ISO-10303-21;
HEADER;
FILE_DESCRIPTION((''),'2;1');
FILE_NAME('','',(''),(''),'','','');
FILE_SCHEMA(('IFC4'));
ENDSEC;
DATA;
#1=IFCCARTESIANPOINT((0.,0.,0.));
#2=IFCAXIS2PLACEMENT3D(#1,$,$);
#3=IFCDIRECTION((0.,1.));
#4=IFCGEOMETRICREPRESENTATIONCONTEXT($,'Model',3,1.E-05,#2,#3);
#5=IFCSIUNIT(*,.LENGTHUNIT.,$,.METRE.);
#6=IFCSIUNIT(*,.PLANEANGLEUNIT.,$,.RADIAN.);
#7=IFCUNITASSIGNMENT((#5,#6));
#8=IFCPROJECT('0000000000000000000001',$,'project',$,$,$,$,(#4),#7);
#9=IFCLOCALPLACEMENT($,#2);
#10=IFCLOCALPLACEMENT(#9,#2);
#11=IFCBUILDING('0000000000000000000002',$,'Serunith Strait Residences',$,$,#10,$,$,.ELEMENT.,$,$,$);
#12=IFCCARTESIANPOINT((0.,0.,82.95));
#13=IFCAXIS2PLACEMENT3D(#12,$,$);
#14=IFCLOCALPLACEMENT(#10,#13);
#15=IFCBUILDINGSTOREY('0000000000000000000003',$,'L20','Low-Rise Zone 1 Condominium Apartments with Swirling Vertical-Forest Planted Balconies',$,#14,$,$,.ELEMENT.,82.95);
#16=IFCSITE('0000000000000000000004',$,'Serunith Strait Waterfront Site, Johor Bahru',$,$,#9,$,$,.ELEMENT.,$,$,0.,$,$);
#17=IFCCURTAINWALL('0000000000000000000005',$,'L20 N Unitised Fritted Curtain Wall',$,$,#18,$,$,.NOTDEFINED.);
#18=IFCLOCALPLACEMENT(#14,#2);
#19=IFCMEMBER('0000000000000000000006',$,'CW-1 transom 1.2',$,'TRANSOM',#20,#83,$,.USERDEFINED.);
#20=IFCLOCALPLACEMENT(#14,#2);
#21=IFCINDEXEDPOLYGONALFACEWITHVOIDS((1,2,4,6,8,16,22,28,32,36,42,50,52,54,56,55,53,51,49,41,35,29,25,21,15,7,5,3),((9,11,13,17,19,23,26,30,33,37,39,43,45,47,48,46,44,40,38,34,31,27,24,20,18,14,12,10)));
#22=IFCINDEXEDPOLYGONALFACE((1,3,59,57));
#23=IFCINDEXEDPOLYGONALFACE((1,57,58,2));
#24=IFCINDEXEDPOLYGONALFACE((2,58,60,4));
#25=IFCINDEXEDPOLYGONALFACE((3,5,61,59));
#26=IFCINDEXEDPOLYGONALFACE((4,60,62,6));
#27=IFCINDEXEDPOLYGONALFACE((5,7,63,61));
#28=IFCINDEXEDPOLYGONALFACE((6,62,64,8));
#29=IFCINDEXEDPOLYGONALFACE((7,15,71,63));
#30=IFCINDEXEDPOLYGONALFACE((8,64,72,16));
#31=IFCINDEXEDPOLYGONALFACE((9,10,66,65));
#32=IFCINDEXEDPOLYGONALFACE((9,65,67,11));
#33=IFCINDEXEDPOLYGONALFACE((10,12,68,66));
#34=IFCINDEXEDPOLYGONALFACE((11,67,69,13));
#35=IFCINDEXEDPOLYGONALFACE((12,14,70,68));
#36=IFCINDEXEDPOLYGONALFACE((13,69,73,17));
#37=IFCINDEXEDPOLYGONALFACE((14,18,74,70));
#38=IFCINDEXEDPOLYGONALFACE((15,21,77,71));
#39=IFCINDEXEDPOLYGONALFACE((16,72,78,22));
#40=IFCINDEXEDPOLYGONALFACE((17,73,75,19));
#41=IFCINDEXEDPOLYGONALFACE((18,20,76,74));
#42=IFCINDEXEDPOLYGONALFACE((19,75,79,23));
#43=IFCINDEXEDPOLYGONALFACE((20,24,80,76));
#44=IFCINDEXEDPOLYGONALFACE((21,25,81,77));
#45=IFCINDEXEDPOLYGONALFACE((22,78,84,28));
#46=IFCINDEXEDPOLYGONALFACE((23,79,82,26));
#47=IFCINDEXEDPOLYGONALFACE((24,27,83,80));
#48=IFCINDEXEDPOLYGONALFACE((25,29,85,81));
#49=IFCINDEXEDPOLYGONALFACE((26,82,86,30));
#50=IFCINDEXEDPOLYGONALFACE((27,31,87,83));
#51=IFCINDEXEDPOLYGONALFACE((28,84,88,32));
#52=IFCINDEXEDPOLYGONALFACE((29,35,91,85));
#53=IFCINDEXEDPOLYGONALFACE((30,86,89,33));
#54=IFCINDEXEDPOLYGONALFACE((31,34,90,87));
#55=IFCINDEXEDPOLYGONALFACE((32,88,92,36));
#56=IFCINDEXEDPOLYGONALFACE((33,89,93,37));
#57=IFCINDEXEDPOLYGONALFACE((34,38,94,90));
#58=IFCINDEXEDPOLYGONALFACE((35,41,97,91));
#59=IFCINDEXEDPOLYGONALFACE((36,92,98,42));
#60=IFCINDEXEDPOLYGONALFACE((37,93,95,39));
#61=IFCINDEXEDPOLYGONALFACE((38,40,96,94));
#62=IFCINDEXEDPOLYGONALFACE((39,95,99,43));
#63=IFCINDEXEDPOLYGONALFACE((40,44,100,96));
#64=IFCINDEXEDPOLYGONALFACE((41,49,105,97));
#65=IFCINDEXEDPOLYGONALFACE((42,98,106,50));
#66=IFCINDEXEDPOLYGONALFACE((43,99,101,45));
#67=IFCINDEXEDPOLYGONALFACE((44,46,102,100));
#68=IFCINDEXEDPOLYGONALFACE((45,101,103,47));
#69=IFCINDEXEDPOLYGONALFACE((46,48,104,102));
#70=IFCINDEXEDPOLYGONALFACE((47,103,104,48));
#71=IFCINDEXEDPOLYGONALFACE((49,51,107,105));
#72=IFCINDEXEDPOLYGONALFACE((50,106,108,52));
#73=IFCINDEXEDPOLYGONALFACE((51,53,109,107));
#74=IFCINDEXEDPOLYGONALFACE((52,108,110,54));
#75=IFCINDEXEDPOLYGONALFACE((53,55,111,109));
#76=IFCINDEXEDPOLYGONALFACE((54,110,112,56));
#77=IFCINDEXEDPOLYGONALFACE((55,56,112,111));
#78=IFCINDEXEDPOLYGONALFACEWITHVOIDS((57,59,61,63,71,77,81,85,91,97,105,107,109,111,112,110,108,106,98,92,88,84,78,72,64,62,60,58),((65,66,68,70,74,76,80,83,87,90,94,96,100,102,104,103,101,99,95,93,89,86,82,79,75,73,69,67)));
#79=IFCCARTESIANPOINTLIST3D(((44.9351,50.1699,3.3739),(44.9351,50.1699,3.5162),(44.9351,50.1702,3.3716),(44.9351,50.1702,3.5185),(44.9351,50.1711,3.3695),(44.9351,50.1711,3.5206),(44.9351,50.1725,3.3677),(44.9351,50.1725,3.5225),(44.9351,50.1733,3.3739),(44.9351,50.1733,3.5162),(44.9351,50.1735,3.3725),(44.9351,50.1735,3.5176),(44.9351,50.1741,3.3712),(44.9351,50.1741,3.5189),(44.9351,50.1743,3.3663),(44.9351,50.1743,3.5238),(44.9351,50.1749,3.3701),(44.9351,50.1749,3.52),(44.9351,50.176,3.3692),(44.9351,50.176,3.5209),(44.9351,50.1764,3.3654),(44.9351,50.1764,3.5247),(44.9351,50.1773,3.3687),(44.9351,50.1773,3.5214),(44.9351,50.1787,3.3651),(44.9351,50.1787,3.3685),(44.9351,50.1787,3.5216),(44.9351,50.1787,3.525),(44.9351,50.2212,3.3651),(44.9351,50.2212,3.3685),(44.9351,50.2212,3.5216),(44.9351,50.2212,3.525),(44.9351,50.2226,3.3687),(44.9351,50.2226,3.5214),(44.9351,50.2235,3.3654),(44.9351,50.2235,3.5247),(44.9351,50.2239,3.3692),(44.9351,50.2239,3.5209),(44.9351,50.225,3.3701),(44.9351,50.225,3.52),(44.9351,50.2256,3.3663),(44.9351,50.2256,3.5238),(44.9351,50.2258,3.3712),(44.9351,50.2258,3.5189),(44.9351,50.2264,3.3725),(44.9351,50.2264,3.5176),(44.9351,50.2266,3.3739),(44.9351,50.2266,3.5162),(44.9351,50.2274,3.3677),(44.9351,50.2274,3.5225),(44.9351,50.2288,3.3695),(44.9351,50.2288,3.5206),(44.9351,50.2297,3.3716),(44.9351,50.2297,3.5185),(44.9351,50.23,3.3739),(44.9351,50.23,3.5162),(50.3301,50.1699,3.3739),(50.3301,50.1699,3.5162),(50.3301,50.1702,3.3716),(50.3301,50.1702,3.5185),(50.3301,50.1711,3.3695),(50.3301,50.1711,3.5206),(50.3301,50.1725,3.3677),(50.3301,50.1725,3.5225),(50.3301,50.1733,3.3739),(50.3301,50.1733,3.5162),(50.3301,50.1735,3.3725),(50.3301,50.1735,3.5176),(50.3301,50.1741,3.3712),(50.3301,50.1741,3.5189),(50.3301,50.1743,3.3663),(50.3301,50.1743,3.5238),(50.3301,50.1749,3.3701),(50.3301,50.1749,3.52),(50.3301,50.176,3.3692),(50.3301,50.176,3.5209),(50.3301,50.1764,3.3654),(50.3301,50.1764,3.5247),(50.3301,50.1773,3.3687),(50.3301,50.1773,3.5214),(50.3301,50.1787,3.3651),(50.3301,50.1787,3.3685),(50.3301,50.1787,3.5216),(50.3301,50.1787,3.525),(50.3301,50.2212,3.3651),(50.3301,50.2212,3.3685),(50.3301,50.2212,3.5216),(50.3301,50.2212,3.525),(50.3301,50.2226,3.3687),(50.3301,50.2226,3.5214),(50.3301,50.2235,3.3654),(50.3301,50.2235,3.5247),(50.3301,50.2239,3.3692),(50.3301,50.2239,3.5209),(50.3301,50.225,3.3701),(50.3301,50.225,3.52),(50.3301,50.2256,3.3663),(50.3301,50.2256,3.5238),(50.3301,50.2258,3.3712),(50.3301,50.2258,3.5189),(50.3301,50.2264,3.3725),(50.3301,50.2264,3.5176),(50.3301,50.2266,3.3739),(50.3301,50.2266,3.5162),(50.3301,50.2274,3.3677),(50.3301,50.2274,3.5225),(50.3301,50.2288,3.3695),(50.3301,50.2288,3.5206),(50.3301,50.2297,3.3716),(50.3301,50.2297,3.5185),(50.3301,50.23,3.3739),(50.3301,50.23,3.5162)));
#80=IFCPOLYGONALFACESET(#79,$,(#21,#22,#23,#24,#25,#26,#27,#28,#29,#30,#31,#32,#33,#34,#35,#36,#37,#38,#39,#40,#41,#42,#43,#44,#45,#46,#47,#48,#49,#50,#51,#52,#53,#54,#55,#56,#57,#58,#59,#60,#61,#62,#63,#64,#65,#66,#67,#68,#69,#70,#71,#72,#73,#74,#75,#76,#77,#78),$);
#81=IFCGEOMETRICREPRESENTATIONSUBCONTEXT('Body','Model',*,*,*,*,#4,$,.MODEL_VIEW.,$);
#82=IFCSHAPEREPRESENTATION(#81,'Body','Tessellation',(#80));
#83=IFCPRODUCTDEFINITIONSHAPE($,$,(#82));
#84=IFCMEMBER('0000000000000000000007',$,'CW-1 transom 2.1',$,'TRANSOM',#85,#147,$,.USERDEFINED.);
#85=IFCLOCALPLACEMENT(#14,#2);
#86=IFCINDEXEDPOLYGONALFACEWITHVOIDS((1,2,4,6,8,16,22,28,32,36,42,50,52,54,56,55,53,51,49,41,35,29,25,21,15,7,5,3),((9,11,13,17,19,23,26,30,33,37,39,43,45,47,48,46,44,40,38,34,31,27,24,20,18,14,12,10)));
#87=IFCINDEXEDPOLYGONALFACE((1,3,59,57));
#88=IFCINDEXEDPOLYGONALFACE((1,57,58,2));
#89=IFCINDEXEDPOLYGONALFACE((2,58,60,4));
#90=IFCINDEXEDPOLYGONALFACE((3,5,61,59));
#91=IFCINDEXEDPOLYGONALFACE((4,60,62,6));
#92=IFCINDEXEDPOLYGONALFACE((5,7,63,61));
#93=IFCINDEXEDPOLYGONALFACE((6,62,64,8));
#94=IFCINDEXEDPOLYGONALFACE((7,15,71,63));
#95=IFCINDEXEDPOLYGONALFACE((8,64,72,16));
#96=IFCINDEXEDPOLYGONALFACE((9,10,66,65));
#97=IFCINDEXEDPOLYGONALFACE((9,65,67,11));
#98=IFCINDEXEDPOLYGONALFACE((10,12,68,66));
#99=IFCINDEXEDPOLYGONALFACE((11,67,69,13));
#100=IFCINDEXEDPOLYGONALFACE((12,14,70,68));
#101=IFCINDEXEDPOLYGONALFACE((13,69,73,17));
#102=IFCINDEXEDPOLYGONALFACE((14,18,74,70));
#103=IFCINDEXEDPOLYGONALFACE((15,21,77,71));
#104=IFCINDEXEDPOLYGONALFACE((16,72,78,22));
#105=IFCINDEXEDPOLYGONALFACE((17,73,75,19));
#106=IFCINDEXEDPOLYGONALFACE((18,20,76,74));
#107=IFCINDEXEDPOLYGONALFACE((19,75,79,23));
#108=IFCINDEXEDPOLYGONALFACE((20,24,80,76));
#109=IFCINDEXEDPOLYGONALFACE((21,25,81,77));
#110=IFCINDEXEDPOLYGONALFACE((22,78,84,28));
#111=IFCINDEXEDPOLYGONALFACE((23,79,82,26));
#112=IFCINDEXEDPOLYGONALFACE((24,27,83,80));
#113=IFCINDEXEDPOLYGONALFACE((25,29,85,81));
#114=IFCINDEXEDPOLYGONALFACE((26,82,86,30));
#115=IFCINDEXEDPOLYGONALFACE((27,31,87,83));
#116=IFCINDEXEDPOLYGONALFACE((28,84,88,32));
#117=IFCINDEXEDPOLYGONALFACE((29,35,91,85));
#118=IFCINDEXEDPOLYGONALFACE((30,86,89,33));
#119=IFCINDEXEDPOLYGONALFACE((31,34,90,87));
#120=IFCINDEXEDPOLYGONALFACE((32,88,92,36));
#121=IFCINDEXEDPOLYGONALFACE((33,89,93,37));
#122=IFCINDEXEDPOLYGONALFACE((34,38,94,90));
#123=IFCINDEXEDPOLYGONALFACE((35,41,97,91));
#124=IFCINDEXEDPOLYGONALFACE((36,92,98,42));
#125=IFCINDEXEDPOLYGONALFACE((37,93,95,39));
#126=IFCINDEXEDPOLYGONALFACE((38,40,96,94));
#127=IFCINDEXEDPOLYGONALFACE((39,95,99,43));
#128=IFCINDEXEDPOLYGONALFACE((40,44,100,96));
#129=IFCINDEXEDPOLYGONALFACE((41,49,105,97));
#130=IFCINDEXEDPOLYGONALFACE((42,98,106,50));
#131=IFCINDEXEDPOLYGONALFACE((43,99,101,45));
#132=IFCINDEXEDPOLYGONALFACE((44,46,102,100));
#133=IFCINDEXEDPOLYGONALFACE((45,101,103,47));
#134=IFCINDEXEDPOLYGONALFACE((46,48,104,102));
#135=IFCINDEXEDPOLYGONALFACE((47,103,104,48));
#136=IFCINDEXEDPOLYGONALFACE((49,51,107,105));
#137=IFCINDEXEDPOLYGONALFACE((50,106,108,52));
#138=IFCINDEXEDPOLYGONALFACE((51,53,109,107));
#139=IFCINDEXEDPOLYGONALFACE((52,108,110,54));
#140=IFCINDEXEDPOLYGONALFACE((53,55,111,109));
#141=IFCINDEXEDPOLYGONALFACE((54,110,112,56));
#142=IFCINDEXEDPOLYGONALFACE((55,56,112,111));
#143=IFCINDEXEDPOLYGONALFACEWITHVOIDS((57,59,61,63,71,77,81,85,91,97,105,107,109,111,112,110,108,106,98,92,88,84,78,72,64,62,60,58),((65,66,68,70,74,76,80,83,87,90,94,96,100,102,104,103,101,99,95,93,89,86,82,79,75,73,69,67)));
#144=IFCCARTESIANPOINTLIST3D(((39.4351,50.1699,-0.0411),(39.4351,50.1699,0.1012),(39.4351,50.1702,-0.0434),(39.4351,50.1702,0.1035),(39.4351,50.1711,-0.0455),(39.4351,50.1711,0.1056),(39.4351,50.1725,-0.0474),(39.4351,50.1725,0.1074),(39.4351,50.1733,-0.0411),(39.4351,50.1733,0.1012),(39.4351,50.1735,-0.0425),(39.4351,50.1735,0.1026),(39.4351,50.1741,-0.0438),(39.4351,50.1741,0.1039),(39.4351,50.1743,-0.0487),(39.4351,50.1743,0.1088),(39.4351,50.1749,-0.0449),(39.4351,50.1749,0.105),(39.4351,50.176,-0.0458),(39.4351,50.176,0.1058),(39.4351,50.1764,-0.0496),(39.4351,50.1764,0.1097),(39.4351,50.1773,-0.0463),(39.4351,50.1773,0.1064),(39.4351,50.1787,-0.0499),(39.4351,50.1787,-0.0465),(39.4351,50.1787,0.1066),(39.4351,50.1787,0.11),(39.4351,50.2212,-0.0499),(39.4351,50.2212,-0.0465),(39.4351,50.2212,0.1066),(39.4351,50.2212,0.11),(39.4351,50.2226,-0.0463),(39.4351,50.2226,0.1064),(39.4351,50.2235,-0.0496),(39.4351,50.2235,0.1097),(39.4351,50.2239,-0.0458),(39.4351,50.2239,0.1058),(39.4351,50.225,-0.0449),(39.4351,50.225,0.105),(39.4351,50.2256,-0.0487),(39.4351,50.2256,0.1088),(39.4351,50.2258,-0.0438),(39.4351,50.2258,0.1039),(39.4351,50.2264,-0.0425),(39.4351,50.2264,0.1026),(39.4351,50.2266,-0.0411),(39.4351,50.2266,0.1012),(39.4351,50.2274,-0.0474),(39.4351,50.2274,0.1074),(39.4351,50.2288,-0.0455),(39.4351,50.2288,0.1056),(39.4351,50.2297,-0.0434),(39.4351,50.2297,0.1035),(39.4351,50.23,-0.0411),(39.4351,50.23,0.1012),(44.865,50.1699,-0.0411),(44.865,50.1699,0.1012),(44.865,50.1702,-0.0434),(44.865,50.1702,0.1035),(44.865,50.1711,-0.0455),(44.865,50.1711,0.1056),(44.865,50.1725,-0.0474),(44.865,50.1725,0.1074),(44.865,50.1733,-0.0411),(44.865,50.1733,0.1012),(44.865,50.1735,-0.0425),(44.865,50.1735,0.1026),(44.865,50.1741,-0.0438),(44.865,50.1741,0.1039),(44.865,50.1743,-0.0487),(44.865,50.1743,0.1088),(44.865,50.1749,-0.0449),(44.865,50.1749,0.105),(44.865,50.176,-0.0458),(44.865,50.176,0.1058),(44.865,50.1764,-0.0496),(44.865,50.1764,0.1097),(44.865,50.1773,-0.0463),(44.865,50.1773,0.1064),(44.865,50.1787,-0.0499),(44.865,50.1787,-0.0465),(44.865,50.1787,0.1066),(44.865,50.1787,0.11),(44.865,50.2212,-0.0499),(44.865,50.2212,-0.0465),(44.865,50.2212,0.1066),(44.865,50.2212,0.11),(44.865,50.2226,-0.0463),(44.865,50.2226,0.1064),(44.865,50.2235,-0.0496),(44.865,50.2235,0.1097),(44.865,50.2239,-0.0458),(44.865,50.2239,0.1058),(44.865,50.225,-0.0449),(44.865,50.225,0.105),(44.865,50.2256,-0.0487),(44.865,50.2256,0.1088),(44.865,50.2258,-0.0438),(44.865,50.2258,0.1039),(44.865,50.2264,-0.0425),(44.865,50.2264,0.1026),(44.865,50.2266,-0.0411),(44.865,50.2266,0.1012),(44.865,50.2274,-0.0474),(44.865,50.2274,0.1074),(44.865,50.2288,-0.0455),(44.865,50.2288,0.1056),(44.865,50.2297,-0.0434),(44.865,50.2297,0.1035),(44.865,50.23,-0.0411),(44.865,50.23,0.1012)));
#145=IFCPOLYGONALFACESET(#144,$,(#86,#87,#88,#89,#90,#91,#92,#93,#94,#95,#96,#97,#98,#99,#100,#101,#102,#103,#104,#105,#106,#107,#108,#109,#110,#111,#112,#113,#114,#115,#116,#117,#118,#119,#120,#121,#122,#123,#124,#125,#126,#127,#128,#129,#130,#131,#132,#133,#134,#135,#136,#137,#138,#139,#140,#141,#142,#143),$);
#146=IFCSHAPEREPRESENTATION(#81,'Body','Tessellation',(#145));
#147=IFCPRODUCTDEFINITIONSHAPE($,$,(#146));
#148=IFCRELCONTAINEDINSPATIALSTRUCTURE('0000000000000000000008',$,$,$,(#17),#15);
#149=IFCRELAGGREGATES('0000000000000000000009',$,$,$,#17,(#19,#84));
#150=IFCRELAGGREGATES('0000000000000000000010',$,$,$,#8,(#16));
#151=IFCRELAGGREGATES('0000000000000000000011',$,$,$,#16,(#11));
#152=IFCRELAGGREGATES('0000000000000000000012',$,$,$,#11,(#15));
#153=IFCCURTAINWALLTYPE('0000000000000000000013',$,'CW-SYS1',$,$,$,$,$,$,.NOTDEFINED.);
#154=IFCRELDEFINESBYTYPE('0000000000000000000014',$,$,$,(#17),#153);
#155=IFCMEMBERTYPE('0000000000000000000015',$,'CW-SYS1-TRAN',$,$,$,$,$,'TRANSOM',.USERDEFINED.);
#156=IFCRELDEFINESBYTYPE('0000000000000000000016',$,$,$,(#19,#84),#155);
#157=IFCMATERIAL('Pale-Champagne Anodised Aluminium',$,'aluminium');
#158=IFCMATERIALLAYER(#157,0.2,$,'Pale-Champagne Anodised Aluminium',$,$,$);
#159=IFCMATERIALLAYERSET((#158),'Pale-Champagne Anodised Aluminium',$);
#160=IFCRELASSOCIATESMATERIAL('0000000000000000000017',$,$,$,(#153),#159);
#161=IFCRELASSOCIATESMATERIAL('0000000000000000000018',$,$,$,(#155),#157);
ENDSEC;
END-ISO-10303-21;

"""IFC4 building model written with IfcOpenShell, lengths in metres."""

from ifc_helpers import new_model, si_unit, direction, frame, origin, origin_2d, place, context, subcontext, project, spatial, hollow_rectangle, extrude, source, transform, mapped, material, layer, layer_set, material_profile, profile_set, type_object, element, aggregate, save


model = new_model("IFC4")

# Units and contexts
model_context = context("Model", 3, precision=1e-05, world=origin(), true_north=direction((0.0, 1.0)))
body_context = subcontext(model_context, "Body", "Model", "MODEL_VIEW")
ifc_project = project(units=[si_unit("LENGTHUNIT", "METRE"), si_unit("PLANEANGLEUNIT", "RADIAN")], contexts=[model_context])

# Site, building, storey
site_placement = place(None, origin())
site = spatial("IfcSite", under=ifc_project, at=site_placement, Name="Serunith Strait Waterfront Site, Johor Bahru", CompositionType="ELEMENT", RefElevation=0.0)
building_placement = place(site_placement, origin())
building = spatial("IfcBuilding", under=site, at=building_placement, Name="Serunith Strait Residences", CompositionType="ELEMENT")
storey_placement = place(building_placement, frame((0.0, 0.0, 82.95)))
storey = spatial("IfcBuildingStorey", under=building, at=storey_placement, Name="L20", Description="Low-Rise Zone 1 Condominium Apartments with Swirling Vertical-Forest Planted Balconies", CompositionType="ELEMENT", Elevation=82.95)

# Shared definitions
ifc_material_1 = material(Name="Pale-Champagne Anodised Aluminium", Category="aluminium")
ifc_layer_1 = layer(ifc_material_1, 0.2, Name="Pale-Champagne Anodised Aluminium")
ifc_layer_set_1 = layer_set([ifc_layer_1], Name="Pale-Champagne Anodised Aluminium")
curtain_wall_type = type_object("IfcCurtainWallType", Name="CW-SYS1", PredefinedType="NOTDEFINED", material=ifc_layer_set_1)

# Curtain wall, members
curtain_wall_1_placement = place(storey_placement, origin())
curtain_wall_1 = element("IfcCurtainWall", 1, at=curtain_wall_1_placement, inside=storey, type_object=curtain_wall_type, Name="L20 N Unitised Fritted Curtain Wall", PredefinedType="NOTDEFINED")
ifc_material_profile_1 = material_profile(ifc_material_1, hollow_rectangle(XDim=0.0601, YDim=0.1599, WallThickness=0.0034, InnerFilletRadius=0.0054, OuterFilletRadius=0.0088, at=origin_2d()), Name="ALU 160x60x3.5")
ifc_profile_set_1 = profile_set([ifc_material_profile_1], Name="Pale-Champagne Anodised Aluminium")
member_type_1 = type_object("IfcMemberType", Name="CW-SYS1-TRAN", ElementType="TRANSOM", PredefinedType="USERDEFINED", material=ifc_profile_set_1)
shared_shape_1 = source(origin(), body_context, "Body", "SweptSolid", [
    extrude(hollow_rectangle(XDim=0.0601, YDim=0.1599, WallThickness=0.0034, InnerFilletRadius=0.0054, OuterFilletRadius=0.0088, at=origin_2d()), origin(), (0.0, 0.0, 1.0), 5.395),
])
member_1_placement = place(storey_placement, frame((50.3301, 50.2, 3.4451), z_axis=(-1.0, 0.0, 0.0), x_axis=(0.0, -1.0, 0.0)))
member_1 = element("IfcMember", 2, at=member_1_placement, type_object=member_type_1, Name="CW-1 transom 1.2", ObjectType="TRANSOM", PredefinedType="USERDEFINED", context=body_context, shape_type="MappedRepresentation", body=[
    mapped(shared_shape_1, transform((0.0, 0.0, 0.0), scale=1.0)),
])
shared_shape_2 = source(origin(), body_context, "Body", "SweptSolid", [
    extrude(hollow_rectangle(XDim=0.0601, YDim=0.1599, WallThickness=0.0034, InnerFilletRadius=0.0054, OuterFilletRadius=0.0088, at=origin_2d()), origin(), (0.0, 0.0, 1.0), 5.4299),
])
member_2_placement = place(storey_placement, frame((44.865, 50.2, 0.03), z_axis=(-1.0, 0.0, 0.0), x_axis=(0.0, -1.0, 0.0)))
member_2 = element("IfcMember", 3, at=member_2_placement, type_object=member_type_1, Name="CW-1 transom 2.1", ObjectType="TRANSOM", PredefinedType="USERDEFINED", context=body_context, shape_type="MappedRepresentation", body=[
    mapped(shared_shape_2, transform((0.0, 0.0, 0.0), scale=1.0)),
])
aggregate(curtain_wall_1, [member_1, member_2])

save(model, "model.ifc")
